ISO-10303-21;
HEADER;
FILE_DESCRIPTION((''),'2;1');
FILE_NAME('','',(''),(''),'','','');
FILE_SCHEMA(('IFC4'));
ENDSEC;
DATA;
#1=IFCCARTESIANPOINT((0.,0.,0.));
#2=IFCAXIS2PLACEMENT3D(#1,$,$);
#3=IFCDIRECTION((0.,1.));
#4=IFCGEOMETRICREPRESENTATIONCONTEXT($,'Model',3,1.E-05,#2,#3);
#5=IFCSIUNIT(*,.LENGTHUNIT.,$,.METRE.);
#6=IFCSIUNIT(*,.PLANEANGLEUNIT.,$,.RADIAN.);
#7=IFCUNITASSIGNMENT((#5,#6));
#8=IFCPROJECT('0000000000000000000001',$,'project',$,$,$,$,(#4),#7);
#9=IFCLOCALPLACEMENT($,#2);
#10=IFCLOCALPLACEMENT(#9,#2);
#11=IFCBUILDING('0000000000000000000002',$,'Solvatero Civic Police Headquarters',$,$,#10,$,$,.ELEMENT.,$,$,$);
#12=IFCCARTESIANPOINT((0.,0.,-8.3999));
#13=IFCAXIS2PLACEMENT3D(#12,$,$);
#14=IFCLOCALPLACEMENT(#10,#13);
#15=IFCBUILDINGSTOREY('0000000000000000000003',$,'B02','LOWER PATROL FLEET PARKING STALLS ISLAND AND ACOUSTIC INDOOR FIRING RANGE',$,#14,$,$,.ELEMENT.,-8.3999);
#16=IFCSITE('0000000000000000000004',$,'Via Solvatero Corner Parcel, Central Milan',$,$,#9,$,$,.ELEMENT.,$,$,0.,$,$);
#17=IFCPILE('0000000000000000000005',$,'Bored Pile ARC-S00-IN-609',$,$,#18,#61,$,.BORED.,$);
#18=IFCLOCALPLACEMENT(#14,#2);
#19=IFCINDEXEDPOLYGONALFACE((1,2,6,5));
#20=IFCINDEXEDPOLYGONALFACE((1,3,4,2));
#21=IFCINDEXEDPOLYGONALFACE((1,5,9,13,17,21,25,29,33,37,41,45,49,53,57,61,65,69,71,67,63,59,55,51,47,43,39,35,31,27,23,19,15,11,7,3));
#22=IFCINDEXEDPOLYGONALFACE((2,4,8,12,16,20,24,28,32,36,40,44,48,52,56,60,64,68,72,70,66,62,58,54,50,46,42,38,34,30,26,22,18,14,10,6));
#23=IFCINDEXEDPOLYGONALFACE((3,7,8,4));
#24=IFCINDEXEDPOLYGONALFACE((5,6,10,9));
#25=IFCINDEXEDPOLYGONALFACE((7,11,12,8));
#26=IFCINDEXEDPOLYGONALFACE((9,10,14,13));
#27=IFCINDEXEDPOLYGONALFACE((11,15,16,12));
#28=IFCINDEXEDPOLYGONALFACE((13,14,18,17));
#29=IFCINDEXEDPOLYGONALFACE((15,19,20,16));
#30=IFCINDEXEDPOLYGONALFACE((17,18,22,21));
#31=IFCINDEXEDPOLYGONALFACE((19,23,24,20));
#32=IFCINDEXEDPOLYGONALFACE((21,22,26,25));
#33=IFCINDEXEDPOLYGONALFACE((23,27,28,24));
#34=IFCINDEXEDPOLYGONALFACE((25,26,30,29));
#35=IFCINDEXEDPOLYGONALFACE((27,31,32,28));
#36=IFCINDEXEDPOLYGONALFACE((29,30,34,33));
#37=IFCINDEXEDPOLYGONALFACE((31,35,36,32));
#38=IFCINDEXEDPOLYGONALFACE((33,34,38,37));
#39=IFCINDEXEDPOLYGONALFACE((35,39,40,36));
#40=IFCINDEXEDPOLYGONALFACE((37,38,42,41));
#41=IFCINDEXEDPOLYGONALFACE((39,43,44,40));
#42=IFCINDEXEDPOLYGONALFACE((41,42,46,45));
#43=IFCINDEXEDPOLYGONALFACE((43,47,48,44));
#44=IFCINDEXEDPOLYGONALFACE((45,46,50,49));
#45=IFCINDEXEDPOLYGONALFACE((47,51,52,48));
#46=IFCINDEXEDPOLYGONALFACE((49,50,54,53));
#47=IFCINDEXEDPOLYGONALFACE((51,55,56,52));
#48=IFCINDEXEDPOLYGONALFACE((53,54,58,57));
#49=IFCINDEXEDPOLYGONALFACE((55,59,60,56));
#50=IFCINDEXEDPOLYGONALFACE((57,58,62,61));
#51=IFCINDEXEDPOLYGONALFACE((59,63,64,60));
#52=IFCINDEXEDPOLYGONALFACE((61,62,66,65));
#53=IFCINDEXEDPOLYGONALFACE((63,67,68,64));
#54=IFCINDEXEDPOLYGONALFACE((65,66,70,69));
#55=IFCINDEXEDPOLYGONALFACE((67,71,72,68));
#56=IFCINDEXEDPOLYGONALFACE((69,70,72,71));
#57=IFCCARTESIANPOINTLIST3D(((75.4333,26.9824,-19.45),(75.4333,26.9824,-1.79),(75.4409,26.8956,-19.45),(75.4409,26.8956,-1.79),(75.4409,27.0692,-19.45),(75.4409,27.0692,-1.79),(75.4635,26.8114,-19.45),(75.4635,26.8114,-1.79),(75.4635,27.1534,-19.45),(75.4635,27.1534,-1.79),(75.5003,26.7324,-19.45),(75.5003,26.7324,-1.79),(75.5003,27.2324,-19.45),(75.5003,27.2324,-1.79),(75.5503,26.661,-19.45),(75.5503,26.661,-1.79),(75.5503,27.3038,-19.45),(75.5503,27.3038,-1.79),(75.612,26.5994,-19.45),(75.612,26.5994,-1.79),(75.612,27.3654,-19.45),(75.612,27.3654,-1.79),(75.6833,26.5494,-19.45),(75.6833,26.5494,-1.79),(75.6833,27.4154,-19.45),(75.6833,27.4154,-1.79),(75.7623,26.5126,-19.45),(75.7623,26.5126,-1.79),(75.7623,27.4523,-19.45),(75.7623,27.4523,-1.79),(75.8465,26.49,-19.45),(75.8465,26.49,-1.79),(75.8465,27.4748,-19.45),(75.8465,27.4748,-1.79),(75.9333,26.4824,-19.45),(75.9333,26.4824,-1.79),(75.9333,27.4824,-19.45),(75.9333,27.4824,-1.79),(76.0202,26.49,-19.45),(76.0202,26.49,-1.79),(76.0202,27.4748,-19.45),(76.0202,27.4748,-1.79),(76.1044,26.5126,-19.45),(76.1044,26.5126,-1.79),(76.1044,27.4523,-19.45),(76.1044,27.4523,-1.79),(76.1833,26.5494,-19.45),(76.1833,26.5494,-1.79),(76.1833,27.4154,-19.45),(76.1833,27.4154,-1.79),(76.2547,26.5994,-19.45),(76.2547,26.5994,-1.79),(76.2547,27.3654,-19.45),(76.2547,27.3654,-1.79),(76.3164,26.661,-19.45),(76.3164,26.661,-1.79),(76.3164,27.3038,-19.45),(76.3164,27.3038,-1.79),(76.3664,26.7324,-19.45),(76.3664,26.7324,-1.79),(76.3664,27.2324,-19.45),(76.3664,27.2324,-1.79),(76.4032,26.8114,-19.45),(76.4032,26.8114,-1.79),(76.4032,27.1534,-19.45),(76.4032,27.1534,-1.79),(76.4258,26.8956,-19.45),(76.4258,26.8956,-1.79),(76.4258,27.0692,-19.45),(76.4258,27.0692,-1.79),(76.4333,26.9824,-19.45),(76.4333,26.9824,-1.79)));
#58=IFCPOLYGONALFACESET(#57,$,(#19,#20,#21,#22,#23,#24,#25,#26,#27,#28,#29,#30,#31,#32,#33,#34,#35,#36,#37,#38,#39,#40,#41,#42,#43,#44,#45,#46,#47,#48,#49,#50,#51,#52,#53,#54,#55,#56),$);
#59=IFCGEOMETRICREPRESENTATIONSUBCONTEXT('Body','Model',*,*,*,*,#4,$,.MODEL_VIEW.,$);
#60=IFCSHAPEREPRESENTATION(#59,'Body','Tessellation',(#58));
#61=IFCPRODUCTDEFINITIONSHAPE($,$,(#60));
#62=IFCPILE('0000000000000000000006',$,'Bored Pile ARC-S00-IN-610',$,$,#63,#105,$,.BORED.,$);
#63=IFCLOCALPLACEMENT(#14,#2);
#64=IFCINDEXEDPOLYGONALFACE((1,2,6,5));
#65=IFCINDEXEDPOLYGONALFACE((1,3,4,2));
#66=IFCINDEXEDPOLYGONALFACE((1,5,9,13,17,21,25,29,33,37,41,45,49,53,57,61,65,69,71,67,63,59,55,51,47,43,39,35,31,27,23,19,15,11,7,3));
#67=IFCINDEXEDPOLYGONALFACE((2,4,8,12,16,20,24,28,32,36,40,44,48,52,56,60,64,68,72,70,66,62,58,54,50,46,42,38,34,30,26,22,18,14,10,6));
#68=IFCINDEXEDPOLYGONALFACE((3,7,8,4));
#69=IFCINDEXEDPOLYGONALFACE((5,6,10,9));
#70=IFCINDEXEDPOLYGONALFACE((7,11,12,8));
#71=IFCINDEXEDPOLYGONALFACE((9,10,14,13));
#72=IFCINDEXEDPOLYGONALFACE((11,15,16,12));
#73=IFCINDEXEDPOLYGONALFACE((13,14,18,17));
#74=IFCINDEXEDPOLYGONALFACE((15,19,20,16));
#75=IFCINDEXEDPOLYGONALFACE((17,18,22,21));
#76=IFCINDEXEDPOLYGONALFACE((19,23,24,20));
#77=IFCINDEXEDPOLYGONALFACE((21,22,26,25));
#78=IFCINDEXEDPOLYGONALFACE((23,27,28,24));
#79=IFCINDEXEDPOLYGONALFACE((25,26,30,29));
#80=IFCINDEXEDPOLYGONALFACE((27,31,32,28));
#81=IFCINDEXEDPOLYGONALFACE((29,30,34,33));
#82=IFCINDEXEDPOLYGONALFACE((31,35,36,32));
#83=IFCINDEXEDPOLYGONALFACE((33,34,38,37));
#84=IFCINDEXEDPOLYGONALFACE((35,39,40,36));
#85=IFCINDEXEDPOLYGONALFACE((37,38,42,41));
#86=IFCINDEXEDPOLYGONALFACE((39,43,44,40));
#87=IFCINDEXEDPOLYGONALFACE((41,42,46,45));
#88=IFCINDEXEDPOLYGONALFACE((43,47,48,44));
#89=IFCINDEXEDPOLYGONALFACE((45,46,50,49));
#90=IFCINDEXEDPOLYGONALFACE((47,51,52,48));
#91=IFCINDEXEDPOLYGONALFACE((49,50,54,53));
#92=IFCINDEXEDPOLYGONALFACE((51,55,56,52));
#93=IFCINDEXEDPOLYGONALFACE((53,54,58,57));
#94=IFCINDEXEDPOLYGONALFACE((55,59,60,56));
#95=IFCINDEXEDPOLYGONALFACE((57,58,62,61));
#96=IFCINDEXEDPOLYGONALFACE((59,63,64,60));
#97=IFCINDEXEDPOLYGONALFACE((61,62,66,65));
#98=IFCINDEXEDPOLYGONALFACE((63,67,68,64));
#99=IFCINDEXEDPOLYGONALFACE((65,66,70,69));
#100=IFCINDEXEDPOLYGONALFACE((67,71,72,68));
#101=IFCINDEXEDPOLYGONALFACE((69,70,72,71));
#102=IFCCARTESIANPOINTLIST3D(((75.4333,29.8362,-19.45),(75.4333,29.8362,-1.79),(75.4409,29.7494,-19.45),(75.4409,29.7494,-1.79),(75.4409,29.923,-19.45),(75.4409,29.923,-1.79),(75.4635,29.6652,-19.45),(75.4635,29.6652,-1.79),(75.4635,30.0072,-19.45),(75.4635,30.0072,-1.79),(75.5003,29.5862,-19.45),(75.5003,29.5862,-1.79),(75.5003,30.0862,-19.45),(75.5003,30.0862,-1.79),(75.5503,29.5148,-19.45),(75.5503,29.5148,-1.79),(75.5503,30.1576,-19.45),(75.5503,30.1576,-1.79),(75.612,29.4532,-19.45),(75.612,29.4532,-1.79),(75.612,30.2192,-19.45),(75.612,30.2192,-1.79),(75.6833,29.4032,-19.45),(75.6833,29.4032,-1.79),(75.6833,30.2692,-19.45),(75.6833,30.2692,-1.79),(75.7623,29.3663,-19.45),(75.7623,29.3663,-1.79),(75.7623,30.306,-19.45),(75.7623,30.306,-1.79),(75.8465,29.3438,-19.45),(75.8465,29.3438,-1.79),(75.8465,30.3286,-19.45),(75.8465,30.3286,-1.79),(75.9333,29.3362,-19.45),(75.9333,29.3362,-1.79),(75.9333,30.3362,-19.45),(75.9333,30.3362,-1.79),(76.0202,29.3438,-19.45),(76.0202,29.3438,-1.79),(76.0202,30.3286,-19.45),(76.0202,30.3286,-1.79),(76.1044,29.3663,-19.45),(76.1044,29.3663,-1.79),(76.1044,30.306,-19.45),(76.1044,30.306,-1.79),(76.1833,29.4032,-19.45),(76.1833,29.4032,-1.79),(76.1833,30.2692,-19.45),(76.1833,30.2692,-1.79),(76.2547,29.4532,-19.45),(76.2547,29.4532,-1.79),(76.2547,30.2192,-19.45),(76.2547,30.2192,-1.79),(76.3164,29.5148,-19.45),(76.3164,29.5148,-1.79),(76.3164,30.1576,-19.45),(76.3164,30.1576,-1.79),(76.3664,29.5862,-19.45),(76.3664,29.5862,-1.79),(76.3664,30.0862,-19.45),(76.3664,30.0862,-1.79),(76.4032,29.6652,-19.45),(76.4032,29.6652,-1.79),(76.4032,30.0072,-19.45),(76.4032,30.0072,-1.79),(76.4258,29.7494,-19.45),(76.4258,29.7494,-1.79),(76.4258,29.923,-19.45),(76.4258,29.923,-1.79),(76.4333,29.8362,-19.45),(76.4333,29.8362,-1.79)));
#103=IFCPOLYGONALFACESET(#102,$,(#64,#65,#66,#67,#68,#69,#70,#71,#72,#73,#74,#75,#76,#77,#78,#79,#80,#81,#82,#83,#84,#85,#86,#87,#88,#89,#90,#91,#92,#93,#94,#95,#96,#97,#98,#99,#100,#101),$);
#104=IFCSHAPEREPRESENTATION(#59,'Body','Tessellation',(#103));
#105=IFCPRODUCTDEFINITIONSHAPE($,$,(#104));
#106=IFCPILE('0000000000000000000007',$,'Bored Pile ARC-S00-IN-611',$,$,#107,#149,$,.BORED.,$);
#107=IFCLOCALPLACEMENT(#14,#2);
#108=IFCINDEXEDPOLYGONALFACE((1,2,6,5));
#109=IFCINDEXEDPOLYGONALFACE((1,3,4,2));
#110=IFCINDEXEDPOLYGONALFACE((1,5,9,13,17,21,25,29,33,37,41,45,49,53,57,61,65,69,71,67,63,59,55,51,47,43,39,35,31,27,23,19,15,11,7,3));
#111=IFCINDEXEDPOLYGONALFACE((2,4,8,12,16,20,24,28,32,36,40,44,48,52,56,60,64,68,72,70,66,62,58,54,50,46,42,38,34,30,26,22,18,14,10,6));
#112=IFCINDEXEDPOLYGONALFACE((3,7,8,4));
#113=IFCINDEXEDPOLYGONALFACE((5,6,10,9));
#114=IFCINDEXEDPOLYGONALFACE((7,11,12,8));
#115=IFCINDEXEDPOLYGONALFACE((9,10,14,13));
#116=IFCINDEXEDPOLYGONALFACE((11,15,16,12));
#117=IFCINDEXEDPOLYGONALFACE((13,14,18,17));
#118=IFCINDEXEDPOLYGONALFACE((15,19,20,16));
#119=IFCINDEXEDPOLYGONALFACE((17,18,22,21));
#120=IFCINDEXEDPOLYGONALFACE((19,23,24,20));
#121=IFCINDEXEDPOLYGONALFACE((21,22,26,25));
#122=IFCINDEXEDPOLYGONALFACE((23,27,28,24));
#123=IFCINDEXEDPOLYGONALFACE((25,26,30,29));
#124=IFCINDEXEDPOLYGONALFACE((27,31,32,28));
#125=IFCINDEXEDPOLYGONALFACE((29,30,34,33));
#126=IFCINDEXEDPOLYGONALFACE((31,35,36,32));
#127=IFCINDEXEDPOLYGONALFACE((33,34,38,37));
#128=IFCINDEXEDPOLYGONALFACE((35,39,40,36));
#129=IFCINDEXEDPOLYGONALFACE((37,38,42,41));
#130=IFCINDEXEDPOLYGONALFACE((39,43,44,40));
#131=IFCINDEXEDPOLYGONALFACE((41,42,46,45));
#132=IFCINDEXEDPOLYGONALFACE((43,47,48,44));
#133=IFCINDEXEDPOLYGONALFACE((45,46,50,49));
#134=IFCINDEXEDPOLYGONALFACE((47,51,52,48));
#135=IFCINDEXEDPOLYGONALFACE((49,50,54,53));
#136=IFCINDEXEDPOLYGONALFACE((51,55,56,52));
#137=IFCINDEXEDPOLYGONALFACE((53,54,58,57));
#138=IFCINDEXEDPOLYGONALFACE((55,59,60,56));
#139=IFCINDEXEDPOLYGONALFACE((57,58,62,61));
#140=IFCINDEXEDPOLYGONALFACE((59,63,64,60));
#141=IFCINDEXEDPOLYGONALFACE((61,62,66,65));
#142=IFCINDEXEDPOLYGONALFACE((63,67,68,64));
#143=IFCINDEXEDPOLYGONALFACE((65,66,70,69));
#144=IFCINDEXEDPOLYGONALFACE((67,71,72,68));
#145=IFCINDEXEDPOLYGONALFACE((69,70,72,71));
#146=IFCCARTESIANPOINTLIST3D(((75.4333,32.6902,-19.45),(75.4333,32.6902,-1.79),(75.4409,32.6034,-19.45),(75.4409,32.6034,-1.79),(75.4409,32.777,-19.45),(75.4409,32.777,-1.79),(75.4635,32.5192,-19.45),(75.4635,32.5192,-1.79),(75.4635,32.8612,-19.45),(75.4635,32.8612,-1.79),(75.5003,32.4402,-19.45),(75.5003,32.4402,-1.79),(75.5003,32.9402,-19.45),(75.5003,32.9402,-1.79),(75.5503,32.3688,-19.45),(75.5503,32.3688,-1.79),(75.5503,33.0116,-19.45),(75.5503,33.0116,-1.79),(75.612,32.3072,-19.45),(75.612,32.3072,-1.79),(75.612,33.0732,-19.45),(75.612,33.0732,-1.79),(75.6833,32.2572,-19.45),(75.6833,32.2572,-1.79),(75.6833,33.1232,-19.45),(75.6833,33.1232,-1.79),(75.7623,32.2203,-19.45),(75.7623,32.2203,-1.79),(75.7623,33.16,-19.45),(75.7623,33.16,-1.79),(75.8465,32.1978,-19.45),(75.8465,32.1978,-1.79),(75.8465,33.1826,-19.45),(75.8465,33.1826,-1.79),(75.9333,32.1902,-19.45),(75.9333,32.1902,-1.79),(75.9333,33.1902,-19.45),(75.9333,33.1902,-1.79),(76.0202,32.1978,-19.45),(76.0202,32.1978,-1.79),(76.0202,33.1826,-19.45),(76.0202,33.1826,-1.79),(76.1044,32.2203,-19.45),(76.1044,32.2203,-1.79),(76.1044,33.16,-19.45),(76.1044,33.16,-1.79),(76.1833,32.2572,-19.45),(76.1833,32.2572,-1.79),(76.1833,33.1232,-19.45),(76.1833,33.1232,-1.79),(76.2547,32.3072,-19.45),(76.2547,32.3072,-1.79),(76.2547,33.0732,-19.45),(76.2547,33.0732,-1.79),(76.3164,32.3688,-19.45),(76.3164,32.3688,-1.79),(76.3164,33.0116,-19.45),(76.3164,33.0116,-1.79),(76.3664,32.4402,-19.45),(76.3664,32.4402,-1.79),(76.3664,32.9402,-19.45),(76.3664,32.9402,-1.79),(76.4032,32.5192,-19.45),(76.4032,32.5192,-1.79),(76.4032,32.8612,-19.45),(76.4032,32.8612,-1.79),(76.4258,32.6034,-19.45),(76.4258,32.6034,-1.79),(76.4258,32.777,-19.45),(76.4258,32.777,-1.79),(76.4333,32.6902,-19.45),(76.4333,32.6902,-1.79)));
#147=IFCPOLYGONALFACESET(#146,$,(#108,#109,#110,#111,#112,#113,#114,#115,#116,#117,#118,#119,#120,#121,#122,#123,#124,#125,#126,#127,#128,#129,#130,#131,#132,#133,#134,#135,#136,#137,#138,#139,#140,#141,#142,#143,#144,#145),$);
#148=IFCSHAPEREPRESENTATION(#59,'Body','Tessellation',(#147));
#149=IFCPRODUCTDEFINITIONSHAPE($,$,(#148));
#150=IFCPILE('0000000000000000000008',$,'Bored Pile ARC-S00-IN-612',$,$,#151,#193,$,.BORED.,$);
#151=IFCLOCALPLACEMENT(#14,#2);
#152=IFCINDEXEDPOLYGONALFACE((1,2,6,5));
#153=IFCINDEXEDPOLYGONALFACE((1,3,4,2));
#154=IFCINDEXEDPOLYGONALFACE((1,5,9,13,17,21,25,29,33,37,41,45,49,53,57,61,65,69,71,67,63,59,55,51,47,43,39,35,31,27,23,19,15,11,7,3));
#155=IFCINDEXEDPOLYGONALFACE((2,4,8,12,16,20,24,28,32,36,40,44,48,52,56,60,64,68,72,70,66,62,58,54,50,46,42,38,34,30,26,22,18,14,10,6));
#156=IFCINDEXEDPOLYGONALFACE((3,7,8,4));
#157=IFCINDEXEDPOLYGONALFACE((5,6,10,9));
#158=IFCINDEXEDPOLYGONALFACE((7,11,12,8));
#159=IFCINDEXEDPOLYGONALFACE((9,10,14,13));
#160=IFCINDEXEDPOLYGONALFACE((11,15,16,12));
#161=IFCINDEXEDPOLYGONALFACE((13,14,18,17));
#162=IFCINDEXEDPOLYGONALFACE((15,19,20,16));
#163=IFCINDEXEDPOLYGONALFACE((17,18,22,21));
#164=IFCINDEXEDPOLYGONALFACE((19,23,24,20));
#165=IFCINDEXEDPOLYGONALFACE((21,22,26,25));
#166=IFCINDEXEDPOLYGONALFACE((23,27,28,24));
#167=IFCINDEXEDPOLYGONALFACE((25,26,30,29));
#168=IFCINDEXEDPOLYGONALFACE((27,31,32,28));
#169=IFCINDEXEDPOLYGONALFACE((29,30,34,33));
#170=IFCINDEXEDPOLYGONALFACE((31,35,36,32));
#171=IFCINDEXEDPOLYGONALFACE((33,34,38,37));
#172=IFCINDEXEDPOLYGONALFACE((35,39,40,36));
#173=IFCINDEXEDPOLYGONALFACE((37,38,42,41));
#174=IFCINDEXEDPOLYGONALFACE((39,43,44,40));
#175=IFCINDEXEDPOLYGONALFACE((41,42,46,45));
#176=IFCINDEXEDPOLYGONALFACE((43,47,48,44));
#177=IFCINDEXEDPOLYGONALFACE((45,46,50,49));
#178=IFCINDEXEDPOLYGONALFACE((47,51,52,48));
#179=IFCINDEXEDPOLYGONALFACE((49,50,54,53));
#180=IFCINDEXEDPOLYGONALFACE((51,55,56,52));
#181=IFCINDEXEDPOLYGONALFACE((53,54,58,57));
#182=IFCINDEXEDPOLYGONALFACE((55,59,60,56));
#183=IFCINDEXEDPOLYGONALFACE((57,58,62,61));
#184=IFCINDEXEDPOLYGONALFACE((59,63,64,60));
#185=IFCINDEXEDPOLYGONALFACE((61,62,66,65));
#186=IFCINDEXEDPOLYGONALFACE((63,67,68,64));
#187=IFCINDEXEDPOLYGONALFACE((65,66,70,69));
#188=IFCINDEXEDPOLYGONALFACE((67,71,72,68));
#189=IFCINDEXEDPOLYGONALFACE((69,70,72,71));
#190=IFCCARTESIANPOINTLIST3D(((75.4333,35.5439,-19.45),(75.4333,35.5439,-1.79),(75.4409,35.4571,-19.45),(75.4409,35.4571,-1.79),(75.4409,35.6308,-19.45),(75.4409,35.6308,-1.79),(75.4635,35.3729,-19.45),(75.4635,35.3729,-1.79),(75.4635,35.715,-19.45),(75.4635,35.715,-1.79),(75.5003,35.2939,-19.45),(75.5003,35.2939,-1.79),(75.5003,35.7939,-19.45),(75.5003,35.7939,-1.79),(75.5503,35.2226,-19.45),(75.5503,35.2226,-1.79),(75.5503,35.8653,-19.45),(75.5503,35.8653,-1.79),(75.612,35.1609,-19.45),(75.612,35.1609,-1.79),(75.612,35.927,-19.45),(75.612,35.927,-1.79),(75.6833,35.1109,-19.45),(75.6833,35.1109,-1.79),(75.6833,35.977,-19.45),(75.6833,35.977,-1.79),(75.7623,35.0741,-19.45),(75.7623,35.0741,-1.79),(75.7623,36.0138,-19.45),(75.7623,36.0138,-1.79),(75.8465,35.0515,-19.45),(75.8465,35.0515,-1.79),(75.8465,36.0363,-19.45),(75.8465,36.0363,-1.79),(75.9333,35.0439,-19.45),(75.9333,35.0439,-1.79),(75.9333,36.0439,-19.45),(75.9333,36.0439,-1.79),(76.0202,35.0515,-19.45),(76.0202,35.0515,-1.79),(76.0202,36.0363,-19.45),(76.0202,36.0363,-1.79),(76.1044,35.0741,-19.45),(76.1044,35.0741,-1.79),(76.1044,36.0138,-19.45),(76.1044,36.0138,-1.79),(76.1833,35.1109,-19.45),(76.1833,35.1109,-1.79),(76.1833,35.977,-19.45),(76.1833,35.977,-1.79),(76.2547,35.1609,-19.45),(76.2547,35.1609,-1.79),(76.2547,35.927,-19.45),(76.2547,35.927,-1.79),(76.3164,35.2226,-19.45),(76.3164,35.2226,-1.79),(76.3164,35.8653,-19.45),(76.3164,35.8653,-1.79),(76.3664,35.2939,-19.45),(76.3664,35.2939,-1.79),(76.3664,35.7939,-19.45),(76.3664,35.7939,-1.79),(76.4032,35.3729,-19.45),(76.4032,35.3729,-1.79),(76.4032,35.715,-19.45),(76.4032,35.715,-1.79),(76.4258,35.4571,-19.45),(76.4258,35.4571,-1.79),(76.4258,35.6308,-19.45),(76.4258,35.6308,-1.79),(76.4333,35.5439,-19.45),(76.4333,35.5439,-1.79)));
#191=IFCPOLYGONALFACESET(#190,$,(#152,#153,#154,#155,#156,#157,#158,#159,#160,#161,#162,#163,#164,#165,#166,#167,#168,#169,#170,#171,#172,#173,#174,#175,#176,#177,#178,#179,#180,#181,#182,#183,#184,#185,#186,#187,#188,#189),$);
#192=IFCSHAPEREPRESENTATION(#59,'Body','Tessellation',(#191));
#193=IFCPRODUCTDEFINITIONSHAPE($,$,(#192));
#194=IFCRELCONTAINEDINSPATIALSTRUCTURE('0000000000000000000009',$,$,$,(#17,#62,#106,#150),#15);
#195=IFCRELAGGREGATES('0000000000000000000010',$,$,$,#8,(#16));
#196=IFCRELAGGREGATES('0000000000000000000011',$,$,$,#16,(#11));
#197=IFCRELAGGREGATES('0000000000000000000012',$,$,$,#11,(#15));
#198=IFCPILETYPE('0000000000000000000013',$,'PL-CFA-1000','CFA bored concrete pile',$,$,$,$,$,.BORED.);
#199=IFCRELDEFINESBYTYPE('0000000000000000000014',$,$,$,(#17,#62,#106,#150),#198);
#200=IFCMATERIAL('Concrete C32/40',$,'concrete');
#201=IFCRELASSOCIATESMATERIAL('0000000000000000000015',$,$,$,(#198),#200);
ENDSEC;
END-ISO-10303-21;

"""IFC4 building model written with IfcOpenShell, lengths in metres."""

from ifc_helpers import new_model, si_unit, direction, frame, origin, origin_2d, place, context, subcontext, project, spatial, circle, extrude, material, material_profile, profile_set, type_object, element, save


model = new_model("IFC4")

# Units and contexts
model_context = context("Model", 3, precision=1e-05, world=origin(), true_north=direction((0.0, 1.0)))
body_context = subcontext(model_context, "Body", "Model", "MODEL_VIEW")
ifc_project = project(units=[si_unit("LENGTHUNIT", "METRE"), si_unit("PLANEANGLEUNIT", "RADIAN")], contexts=[model_context])

# Site, building, storey
site_placement = place(None, origin())
site = spatial("IfcSite", under=ifc_project, at=site_placement, Name="Via Solvatero Corner Parcel, Central Milan", CompositionType="ELEMENT", RefElevation=0.0)
building_placement = place(site_placement, origin())
building = spatial("IfcBuilding", under=site, at=building_placement, Name="Solvatero Civic Police Headquarters", CompositionType="ELEMENT")
storey_placement = place(building_placement, frame((0.0, 0.0, -8.3999)))
storey = spatial("IfcBuildingStorey", under=building, at=storey_placement, Name="B02", Description="LOWER PATROL FLEET PARKING STALLS ISLAND AND ACOUSTIC INDOOR FIRING RANGE", CompositionType="ELEMENT", Elevation=-8.3999)

# Piles
ifc_material_1 = material(Name="Concrete C32/40", Category="concrete")
ifc_material_profile_1 = material_profile(ifc_material_1, circle(Radius=0.5, at=origin_2d()), Name="CFA PILE D1000")
ifc_profile_set_1 = profile_set([ifc_material_profile_1], Name="Concrete C32/40")
pile_type = type_object("IfcPileType", Name="PL-CFA-1000", Description="CFA bored concrete pile", PredefinedType="BORED", material=ifc_profile_set_1)
for number, where, z_axis, x_axis, name in (
    (1, (75.9333, 26.9824, -1.79), (0.0, 0.0, -1.0), (1.0, 0.0, 0.0), "Bored Pile ARC-S00-IN-609"),
    (2, (75.9333, 29.8362, -1.79), (0.0, 0.0, -1.0), (1.0, 0.0, 0.0), "Bored Pile ARC-S00-IN-610"),
    (3, (75.9333, 32.6902, -1.79), (0.0, 0.0, -1.0), (1.0, 0.0, 0.0), "Bored Pile ARC-S00-IN-611"),
    (4, (75.9333, 35.5439, -1.79), (0.0, 0.0, -1.0), (1.0, 0.0, 0.0), "Bored Pile ARC-S00-IN-612"),
):
    element("IfcPile", number, at=place(storey_placement, frame(where, z_axis=z_axis, x_axis=x_axis)), inside=storey, type_object=pile_type, Name=name, PredefinedType="BORED", context=body_context, shape_type="SweptSolid", body=[
        extrude(circle(Radius=0.5, at=origin_2d()), origin(), (0.0, 0.0, 1.0), 17.6599),
    ])

save(model, "model.ifc")
